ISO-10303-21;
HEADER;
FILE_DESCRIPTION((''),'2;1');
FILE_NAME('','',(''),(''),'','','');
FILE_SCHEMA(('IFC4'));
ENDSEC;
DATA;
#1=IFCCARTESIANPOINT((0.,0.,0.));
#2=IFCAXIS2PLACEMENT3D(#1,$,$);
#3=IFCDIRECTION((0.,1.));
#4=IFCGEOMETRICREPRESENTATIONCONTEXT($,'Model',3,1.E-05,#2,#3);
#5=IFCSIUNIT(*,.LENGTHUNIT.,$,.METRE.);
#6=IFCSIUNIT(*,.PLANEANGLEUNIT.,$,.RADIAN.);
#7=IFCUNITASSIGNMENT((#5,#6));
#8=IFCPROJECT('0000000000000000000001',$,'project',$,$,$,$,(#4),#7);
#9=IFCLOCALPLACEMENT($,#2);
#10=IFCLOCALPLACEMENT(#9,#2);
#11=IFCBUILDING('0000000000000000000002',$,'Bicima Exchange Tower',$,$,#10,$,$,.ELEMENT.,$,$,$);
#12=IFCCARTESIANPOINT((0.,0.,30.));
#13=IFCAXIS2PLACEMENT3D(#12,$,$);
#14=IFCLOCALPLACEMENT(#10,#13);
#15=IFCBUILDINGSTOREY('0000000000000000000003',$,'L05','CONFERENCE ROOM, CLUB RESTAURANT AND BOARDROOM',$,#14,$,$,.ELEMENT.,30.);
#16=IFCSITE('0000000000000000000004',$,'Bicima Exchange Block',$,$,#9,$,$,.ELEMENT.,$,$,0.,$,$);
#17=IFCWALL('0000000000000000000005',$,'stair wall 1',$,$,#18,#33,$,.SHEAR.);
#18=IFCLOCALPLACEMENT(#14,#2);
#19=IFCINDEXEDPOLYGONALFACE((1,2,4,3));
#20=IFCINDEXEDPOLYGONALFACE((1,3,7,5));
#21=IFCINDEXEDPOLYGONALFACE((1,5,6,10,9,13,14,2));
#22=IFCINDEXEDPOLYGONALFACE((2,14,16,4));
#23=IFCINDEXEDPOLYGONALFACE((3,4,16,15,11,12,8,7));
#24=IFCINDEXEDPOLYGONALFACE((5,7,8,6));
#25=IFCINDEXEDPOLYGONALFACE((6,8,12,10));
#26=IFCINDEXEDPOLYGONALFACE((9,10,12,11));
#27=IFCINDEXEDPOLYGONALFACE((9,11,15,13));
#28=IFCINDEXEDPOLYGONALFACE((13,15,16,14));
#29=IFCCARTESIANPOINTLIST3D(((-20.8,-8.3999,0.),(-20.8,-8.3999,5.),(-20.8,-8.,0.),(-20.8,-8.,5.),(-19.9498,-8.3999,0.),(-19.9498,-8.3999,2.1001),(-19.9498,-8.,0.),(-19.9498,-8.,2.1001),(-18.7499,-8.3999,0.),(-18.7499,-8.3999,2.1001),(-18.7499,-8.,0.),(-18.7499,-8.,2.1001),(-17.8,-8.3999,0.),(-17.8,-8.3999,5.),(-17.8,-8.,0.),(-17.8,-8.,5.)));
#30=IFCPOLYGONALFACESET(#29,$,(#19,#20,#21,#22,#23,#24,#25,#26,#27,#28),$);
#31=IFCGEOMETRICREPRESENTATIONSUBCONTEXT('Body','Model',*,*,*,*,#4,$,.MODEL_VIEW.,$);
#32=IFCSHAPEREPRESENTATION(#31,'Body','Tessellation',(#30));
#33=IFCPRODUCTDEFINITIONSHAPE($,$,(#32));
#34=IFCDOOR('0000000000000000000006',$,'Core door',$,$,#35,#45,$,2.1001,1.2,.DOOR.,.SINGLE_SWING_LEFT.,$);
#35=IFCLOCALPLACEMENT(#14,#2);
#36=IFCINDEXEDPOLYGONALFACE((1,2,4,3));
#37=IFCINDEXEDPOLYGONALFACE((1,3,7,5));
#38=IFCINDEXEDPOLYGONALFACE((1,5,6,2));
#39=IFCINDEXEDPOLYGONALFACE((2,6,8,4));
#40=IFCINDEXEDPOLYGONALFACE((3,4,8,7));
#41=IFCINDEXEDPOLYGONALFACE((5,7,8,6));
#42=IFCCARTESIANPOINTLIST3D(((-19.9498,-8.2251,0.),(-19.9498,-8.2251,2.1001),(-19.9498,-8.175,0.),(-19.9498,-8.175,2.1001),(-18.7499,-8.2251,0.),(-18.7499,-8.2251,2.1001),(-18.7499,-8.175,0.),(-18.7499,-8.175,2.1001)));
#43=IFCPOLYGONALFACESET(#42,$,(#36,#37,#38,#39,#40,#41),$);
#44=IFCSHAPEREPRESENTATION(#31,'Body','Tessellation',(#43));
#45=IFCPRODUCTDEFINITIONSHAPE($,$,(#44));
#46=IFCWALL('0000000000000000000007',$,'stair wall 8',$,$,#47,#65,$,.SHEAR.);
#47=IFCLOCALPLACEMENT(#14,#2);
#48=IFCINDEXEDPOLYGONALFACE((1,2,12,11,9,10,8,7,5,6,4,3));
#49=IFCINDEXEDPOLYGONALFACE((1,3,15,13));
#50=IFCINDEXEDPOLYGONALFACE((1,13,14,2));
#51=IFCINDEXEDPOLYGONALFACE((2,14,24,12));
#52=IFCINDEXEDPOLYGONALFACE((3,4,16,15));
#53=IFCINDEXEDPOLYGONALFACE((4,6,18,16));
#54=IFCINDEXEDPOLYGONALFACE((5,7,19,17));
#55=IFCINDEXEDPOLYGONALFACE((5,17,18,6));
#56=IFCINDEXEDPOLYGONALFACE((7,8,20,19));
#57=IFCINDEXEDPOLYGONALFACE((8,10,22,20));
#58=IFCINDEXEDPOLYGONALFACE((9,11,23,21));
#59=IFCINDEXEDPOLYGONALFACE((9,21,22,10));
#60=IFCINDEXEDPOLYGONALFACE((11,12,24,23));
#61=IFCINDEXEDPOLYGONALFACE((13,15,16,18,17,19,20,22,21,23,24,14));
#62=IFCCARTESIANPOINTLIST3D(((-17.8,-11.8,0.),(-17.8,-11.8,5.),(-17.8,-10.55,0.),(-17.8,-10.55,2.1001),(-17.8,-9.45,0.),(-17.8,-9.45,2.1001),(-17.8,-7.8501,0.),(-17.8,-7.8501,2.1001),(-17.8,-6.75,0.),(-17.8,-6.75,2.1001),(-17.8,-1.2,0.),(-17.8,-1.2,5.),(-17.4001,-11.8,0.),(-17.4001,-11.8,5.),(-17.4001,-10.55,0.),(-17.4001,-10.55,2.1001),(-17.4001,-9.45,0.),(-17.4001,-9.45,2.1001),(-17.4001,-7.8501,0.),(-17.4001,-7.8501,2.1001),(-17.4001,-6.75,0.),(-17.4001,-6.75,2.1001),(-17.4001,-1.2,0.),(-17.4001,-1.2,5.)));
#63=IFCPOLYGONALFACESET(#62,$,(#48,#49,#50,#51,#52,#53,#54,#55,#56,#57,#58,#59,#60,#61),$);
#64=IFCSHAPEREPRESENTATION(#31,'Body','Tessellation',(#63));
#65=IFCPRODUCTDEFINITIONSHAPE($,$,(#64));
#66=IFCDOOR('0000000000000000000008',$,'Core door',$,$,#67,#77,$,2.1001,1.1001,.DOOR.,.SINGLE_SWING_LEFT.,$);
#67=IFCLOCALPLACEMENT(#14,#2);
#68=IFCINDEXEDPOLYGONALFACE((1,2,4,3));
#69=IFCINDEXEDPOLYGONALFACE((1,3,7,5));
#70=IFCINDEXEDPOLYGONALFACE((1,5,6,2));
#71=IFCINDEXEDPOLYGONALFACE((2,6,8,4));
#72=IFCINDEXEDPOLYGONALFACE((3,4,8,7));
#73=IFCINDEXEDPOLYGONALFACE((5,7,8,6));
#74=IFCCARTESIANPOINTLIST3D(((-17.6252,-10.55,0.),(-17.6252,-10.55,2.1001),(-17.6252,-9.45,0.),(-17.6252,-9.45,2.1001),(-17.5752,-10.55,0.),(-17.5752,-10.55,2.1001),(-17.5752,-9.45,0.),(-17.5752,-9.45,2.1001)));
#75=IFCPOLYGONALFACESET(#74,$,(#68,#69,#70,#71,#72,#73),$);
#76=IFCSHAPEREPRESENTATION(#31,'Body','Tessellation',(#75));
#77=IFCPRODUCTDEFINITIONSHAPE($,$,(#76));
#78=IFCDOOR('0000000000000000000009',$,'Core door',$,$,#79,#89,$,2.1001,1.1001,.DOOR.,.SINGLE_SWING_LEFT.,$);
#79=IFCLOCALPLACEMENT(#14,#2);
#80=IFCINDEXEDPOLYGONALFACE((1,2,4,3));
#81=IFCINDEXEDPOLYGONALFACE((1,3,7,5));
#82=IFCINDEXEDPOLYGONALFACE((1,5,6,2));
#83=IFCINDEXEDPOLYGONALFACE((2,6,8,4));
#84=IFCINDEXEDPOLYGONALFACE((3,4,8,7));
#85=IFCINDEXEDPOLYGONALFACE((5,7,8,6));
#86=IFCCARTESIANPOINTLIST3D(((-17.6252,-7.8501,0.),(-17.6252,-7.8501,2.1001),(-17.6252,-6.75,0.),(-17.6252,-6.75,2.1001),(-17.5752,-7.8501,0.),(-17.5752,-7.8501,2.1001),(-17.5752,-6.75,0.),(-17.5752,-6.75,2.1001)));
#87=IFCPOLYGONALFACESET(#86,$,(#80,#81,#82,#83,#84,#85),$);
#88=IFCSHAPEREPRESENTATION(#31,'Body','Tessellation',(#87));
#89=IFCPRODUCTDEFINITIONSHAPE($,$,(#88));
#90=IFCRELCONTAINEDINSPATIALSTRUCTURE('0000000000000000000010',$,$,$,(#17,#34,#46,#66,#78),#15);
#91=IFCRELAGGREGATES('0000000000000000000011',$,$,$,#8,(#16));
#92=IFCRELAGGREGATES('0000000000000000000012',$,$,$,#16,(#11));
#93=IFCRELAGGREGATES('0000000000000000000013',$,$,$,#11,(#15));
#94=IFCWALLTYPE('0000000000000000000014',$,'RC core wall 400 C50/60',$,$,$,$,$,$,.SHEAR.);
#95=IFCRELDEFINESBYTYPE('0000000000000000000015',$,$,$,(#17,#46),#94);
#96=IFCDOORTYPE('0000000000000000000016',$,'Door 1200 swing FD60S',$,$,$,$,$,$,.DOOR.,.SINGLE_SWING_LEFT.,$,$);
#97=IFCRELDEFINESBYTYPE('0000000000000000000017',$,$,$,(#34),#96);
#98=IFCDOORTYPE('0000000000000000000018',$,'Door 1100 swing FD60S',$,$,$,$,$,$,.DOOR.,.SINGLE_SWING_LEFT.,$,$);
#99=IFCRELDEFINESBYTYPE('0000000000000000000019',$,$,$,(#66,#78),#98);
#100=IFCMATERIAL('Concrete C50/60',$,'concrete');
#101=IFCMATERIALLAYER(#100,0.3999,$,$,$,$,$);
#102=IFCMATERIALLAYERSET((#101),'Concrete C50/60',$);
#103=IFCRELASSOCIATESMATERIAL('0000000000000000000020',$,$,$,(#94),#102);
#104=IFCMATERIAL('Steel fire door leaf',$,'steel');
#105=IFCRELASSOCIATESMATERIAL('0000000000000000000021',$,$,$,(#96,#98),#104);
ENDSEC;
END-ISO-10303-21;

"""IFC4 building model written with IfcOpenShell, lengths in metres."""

from ifc_helpers import new_model, si_unit, direction, frame, frame_2d, origin, place, context, subcontext, project, spatial, rectangle, extrude, material, layer, layer_set, type_object, element, fill, save


model = new_model("IFC4")

# Units and contexts
model_context = context("Model", 3, precision=1e-05, world=origin(), true_north=direction((0.0, 1.0)))
body_context = subcontext(model_context, "Body", "Model", "MODEL_VIEW")
ifc_project = project(units=[si_unit("LENGTHUNIT", "METRE"), si_unit("PLANEANGLEUNIT", "RADIAN")], contexts=[model_context])

# Site, building, storey
site_placement = place(None, origin())
site = spatial("IfcSite", under=ifc_project, at=site_placement, Name="Bicima Exchange Block", CompositionType="ELEMENT", RefElevation=0.0)
building_placement = place(site_placement, origin())
building = spatial("IfcBuilding", under=site, at=building_placement, Name="Bicima Exchange Tower", CompositionType="ELEMENT")
storey_placement = place(building_placement, frame((0.0, 0.0, 30.0)))
storey = spatial("IfcBuildingStorey", under=building, at=storey_placement, Name="L05", Description="CONFERENCE ROOM, CLUB RESTAURANT AND BOARDROOM", CompositionType="ELEMENT", Elevation=30.0)

# Wall, opening, door
ifc_material_1 = material(Name="Concrete C50/60", Category="concrete")
ifc_layer_1 = layer(ifc_material_1, 0.3999)
ifc_layer_set_1 = layer_set([ifc_layer_1], Name="Concrete C50/60")
wall_type_1 = type_object("IfcWallType", Name="RC core wall 400 C50/60", PredefinedType="SHEAR", material=ifc_layer_set_1)
wall_1_placement = place(storey_placement, frame((-20.8, -8.2, 0.0), z_axis=(0.0, 0.0, 1.0), x_axis=(1.0, 0.0, 0.0)))
wall_1 = element("IfcWall", 1, at=wall_1_placement, inside=storey, type_object=wall_type_1, Name="stair wall 1", PredefinedType="SHEAR", context=body_context, shape_type="SweptSolid", body=[
    extrude(rectangle(XDim=3.0, YDim=0.3999, at=frame_2d((1.5, 0.0))), origin(), (0.0, 0.0, 1.0), 5.0),
])
opening_1_placement = place(wall_1_placement, frame((0.8501, 0.0, 0.0)))
opening_1 = element("IfcOpeningElement", 2, at=opening_1_placement, cuts=wall_1, PredefinedType="OPENING", context=body_context, shape_type="SweptSolid", body=[
    extrude(rectangle(XDim=1.2, YDim=2.1001, at=frame_2d((0.6001, 1.05))), frame((0.0, 0.2119, 0.0), z_axis=(0.0, -1.0, 0.0), x_axis=(1.0, 0.0, 0.0)), (0.0, 0.0, 1.0), 0.4238),
])
ifc_material_2 = material(Name="Steel fire door leaf", Category="steel")
door_type_1 = type_object("IfcDoorType", Name="Door 1200 swing FD60S", OperationType="SINGLE_SWING_LEFT", PredefinedType="DOOR", material=ifc_material_2)
door_1_placement = place(opening_1_placement, origin())
door_1 = element("IfcDoor", 3, at=door_1_placement, inside=storey, type_object=door_type_1, Name="Core door", OperationType="SINGLE_SWING_LEFT", OverallHeight=2.1001, OverallWidth=1.2, PredefinedType="DOOR", context=body_context, shape_type="SweptSolid", body=[
    extrude(rectangle(XDim=1.2, YDim=2.1001, at=frame_2d((0.6001, 1.05))), frame((0.0, 0.0249, 0.0), z_axis=(0.0, -1.0, 0.0), x_axis=(1.0, 0.0, 0.0)), (0.0, 0.0, 1.0), 0.05),
])
fill(opening_1, door_1)

# Wall, openings, doors
wall_2_placement = place(storey_placement, frame((-17.6001, -11.8, 0.0), z_axis=(0.0, 0.0, 1.0), x_axis=(0.0, 1.0, 0.0)))
wall_2 = element("IfcWall", 4, at=wall_2_placement, inside=storey, type_object=wall_type_1, Name="stair wall 8", PredefinedType="SHEAR", context=body_context, shape_type="SweptSolid", body=[
    extrude(rectangle(XDim=10.6001, YDim=0.3999, at=frame_2d((5.3, 0.0))), origin(), (0.0, 0.0, 1.0), 5.0),
])
opening_2_placement = place(wall_2_placement, frame((1.25, 0.0, 0.0)))
opening_2 = element("IfcOpeningElement", 5, at=opening_2_placement, cuts=wall_2, PredefinedType="OPENING", context=body_context, shape_type="SweptSolid", body=[
    extrude(rectangle(XDim=1.1001, YDim=2.1001, at=frame_2d((0.55, 1.05))), frame((0.0, 0.2119, 0.0), z_axis=(0.0, -1.0, 0.0), x_axis=(1.0, 0.0, 0.0)), (0.0, 0.0, 1.0), 0.4238),
])
opening_3_placement = place(wall_2_placement, frame((3.95, 0.0, 0.0)))
opening_3 = element("IfcOpeningElement", 6, at=opening_3_placement, cuts=wall_2, PredefinedType="OPENING", context=body_context, shape_type="SweptSolid", body=[
    extrude(rectangle(XDim=1.1001, YDim=2.1001, at=frame_2d((0.55, 1.05))), frame((0.0, 0.2119, 0.0), z_axis=(0.0, -1.0, 0.0), x_axis=(1.0, 0.0, 0.0)), (0.0, 0.0, 1.0), 0.4238),
])
door_type_2 = type_object("IfcDoorType", Name="Door 1100 swing FD60S", OperationType="SINGLE_SWING_LEFT", PredefinedType="DOOR", material=ifc_material_2)
door_2_placement = place(opening_2_placement, frame((1.1001, 0.0, 0.0), z_axis=(0.0, 0.0, 1.0), x_axis=(-1.0, 0.0, 0.0)))
door_2 = element("IfcDoor", 7, at=door_2_placement, inside=storey, type_object=door_type_2, Name="Core door", OperationType="SINGLE_SWING_LEFT", OverallHeight=2.1001, OverallWidth=1.1001, PredefinedType="DOOR", context=body_context, shape_type="SweptSolid", body=[
    extrude(rectangle(XDim=1.1001, YDim=2.1001, at=frame_2d((0.55, 1.05))), frame((0.0, 0.0249, 0.0), z_axis=(0.0, -1.0, 0.0), x_axis=(1.0, 0.0, 0.0)), (0.0, 0.0, 1.0), 0.05),
])
fill(opening_2, door_2)
door_3_placement = place(opening_3_placement, frame((1.1001, 0.0, 0.0), z_axis=(0.0, 0.0, 1.0), x_axis=(-1.0, 0.0, 0.0)))
door_3 = element("IfcDoor", 8, at=door_3_placement, inside=storey, type_object=door_type_2, Name="Core door", OperationType="SINGLE_SWING_LEFT", OverallHeight=2.1001, OverallWidth=1.1001, PredefinedType="DOOR", context=body_context, shape_type="SweptSolid", body=[
    extrude(rectangle(XDim=1.1001, YDim=2.1001, at=frame_2d((0.55, 1.05))), frame((0.0, 0.0249, 0.0), z_axis=(0.0, -1.0, 0.0), x_axis=(1.0, 0.0, 0.0)), (0.0, 0.0, 1.0), 0.05),
])
fill(opening_3, door_3)

save(model, "model.ifc")
